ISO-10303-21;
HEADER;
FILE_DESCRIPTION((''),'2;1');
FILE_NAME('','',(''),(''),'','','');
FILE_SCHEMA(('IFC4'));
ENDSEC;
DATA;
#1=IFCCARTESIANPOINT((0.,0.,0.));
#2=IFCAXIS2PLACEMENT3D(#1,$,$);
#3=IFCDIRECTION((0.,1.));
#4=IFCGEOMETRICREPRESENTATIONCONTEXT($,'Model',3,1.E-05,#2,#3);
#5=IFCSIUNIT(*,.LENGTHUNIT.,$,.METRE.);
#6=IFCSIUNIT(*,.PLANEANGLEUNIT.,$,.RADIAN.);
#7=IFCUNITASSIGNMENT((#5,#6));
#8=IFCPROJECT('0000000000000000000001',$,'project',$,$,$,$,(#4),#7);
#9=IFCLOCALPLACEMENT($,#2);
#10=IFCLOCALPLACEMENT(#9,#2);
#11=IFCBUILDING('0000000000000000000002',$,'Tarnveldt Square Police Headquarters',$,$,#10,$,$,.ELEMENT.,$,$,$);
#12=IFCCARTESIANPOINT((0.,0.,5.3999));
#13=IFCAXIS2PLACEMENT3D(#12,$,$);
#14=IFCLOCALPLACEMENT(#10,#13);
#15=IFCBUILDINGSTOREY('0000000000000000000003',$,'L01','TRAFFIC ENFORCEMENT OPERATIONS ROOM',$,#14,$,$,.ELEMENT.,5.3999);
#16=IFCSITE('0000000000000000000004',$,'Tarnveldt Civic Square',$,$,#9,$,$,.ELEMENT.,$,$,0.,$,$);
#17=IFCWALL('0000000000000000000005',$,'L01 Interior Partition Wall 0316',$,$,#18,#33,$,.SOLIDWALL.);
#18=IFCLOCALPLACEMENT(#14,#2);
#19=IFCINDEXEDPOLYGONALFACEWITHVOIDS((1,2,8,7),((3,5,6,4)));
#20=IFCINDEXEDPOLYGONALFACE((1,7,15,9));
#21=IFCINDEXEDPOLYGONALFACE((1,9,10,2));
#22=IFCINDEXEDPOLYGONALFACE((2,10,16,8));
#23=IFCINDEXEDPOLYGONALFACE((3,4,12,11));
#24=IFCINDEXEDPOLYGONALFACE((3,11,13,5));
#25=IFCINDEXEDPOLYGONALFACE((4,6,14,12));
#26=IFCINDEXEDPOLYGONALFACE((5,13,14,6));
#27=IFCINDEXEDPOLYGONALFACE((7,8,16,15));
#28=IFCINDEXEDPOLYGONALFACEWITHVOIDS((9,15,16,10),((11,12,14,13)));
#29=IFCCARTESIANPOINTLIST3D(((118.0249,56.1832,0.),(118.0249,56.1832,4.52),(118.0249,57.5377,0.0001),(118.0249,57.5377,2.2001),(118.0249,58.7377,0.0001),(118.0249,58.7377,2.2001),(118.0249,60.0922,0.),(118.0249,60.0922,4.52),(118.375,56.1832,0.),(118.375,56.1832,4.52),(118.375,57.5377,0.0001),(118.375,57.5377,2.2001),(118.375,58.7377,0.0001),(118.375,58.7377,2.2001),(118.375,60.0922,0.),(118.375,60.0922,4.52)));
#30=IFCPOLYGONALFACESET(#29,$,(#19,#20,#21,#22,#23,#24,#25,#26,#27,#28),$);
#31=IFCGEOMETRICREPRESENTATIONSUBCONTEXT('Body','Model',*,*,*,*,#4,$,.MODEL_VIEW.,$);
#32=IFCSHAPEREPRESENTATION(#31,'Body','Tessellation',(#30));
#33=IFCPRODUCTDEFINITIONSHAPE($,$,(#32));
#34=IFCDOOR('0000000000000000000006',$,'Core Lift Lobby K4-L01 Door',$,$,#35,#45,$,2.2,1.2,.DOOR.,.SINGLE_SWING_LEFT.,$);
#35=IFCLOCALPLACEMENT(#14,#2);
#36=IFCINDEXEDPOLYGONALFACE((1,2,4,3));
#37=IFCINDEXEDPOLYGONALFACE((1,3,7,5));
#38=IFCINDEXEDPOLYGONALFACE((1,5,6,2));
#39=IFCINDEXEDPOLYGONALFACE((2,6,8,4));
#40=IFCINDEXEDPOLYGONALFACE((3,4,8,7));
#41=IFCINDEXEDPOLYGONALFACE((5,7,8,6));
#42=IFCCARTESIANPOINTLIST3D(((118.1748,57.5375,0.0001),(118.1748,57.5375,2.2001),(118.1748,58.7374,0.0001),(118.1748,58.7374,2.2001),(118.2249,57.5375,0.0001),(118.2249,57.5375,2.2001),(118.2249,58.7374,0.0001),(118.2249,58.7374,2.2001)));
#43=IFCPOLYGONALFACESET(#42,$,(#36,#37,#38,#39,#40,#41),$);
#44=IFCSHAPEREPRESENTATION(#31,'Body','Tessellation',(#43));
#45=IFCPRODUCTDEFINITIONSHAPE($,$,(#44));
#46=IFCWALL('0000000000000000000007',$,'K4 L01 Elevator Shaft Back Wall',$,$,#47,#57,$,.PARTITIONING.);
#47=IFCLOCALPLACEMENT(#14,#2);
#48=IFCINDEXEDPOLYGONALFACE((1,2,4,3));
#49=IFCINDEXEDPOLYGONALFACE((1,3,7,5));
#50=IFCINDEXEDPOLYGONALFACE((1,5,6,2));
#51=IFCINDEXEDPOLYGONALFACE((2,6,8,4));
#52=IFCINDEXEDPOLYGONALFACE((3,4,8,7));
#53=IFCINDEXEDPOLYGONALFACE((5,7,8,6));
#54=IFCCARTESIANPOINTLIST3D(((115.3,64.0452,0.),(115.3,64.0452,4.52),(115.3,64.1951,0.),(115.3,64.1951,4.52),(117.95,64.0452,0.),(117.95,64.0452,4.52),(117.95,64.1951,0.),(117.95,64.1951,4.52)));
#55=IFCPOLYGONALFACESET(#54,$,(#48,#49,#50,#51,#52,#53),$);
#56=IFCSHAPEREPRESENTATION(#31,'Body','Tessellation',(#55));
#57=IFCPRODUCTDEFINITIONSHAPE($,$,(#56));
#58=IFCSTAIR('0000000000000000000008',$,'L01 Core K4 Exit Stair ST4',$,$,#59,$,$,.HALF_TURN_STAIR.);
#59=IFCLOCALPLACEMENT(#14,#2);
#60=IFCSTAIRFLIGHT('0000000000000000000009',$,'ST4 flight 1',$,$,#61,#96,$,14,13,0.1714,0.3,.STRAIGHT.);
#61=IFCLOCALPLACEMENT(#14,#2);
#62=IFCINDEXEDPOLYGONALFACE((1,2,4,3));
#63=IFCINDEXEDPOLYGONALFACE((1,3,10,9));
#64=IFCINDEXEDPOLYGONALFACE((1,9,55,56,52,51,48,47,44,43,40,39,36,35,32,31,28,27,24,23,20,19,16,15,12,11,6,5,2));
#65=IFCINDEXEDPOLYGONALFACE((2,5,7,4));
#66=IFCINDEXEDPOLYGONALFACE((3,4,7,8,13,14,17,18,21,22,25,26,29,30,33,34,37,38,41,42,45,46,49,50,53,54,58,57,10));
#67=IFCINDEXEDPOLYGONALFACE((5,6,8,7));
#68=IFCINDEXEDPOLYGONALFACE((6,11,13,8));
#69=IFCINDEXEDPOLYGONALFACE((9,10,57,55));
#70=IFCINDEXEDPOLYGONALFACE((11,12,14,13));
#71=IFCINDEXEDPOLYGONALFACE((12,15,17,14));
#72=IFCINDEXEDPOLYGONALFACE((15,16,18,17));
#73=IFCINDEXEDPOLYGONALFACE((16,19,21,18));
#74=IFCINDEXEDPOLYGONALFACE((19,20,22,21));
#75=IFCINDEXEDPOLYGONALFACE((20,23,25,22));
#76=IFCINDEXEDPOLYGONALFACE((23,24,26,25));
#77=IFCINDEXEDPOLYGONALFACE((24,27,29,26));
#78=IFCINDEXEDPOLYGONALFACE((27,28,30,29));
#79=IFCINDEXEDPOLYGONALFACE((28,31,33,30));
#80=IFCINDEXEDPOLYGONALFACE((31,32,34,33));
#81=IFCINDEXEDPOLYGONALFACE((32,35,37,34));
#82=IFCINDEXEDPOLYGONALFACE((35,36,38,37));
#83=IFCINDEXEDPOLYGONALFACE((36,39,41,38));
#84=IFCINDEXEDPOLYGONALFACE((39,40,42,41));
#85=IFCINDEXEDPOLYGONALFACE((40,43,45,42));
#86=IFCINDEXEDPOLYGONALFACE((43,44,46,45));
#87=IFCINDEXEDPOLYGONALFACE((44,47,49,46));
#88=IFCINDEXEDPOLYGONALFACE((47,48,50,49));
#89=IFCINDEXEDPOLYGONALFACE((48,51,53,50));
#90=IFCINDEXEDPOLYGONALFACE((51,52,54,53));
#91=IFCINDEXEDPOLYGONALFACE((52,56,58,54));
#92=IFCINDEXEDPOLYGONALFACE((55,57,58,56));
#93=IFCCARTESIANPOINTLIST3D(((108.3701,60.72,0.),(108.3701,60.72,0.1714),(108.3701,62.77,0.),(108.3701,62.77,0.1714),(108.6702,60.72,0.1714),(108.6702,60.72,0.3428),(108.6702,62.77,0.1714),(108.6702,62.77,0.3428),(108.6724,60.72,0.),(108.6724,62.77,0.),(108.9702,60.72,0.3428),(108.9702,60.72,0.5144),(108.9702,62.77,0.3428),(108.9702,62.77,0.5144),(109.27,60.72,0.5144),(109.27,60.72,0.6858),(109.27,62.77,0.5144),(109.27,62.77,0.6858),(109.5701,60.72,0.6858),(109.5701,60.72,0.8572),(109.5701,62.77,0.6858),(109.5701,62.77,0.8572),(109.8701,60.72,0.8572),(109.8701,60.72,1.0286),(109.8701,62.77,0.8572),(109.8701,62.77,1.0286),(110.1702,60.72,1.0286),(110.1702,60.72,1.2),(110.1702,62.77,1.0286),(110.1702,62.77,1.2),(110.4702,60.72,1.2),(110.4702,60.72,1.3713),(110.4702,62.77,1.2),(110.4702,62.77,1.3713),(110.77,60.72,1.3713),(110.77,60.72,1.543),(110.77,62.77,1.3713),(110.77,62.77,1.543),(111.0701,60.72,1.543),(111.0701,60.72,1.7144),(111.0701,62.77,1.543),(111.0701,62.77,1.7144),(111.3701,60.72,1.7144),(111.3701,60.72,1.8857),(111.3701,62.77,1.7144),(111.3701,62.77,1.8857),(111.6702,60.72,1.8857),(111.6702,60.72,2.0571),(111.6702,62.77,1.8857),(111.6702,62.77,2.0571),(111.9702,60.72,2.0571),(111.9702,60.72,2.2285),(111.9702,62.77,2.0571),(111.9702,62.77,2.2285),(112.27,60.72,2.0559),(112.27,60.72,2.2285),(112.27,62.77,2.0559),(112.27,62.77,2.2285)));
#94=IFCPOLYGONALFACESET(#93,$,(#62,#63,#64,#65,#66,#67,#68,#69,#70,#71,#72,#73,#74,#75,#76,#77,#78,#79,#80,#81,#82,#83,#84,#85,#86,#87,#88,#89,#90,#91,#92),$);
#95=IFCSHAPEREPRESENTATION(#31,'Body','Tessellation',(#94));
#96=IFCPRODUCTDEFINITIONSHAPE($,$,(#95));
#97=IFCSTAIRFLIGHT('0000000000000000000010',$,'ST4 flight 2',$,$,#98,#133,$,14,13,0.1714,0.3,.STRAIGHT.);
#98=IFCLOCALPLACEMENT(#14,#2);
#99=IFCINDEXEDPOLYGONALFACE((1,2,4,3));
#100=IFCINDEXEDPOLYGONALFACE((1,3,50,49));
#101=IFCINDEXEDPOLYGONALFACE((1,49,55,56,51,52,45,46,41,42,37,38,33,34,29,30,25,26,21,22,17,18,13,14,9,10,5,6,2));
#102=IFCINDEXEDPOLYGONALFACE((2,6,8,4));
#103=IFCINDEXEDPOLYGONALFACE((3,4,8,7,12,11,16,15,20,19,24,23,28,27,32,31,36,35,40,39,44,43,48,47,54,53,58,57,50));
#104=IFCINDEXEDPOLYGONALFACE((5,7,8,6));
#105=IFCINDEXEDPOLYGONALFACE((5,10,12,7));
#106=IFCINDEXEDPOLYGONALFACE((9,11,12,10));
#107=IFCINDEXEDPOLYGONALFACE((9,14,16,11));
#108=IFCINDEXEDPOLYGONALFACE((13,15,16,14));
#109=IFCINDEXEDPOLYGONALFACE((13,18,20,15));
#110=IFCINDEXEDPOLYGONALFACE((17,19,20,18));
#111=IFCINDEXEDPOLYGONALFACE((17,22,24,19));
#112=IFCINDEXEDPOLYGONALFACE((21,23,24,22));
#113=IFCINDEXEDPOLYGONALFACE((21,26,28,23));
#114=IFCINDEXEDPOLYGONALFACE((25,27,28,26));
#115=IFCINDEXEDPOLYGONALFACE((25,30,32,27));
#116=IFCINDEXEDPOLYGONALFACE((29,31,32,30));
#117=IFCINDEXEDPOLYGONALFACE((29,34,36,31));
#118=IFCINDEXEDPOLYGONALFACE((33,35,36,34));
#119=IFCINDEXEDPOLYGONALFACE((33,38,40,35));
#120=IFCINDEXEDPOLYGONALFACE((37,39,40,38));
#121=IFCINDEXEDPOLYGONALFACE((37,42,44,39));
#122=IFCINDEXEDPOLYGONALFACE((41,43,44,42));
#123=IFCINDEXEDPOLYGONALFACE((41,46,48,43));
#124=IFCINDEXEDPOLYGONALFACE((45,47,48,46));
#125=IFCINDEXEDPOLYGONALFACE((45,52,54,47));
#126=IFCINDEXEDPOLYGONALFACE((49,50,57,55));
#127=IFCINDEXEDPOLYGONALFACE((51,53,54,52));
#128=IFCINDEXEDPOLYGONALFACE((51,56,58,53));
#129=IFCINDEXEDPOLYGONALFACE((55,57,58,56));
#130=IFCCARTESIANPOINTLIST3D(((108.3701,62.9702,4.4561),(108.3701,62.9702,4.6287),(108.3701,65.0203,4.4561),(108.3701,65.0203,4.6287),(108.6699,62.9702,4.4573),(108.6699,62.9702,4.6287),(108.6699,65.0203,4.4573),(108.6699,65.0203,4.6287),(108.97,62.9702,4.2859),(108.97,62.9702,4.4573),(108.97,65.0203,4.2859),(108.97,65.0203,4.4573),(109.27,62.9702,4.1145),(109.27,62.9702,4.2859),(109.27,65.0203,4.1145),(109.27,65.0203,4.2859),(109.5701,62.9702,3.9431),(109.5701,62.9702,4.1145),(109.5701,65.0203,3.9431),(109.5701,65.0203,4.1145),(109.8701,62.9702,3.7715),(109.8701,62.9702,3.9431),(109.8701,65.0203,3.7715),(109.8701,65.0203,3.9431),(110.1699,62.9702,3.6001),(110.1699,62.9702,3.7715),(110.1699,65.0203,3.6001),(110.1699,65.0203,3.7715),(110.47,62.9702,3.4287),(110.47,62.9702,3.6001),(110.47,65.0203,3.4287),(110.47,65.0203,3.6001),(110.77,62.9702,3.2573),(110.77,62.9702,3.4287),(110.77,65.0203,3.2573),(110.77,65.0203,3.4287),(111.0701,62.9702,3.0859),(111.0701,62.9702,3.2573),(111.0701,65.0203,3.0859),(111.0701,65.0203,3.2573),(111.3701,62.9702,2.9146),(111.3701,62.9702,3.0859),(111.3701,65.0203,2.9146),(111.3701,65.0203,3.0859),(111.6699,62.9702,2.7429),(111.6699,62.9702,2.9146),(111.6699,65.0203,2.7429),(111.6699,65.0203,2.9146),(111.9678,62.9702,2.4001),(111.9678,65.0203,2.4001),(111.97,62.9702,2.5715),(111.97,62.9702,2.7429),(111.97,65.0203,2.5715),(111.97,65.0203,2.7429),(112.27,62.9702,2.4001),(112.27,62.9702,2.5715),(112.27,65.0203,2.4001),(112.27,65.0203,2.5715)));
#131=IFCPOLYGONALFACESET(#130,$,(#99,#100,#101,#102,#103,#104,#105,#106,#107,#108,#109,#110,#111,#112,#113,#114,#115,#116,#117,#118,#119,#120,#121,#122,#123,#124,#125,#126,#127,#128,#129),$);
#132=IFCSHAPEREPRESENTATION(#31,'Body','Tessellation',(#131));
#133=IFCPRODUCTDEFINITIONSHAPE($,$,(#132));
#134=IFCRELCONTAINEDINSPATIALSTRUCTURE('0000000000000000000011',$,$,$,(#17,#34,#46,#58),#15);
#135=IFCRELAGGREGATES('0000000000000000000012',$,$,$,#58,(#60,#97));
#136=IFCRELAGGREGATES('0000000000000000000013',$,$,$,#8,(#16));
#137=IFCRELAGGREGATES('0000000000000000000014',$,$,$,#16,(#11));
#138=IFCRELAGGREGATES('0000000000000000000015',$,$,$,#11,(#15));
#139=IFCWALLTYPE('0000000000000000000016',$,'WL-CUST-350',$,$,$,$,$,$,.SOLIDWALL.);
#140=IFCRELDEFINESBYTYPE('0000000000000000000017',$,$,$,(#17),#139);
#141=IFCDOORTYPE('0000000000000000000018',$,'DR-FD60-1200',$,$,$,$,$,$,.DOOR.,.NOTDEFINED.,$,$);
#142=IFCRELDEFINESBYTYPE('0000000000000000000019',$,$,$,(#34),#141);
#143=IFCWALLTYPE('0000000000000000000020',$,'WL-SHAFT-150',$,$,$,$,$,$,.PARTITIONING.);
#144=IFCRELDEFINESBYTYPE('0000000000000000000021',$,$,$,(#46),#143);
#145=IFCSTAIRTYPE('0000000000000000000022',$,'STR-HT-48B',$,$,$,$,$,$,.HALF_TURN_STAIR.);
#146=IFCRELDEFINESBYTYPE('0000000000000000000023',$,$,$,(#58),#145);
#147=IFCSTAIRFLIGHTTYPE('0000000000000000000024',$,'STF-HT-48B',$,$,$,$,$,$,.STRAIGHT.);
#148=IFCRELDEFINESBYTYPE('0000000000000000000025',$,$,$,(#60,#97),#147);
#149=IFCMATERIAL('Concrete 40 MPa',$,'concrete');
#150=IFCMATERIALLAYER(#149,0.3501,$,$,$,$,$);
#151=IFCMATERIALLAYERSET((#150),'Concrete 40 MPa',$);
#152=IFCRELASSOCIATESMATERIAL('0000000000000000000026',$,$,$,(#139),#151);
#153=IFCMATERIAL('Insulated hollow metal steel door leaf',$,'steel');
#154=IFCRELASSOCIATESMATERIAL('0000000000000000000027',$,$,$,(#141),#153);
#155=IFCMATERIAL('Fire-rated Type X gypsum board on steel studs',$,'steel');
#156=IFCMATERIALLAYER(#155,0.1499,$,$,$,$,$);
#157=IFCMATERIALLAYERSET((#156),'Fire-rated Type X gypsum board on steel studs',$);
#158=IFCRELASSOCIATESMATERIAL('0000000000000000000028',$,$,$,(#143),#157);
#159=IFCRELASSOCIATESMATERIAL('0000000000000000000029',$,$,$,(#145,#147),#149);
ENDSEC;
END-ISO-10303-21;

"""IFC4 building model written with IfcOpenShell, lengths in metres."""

from ifc_helpers import new_model, si_unit, direction, frame, frame_2d, origin, place, context, subcontext, project, spatial, polyline, rectangle, outline, extrude, material, layer, layer_set, type_object, element, fill, aggregate, save


model = new_model("IFC4")

# Units and contexts
model_context = context("Model", 3, precision=1e-05, world=origin(), true_north=direction((0.0, 1.0)))
body_context = subcontext(model_context, "Body", "Model", "MODEL_VIEW")
ifc_project = project(units=[si_unit("LENGTHUNIT", "METRE"), si_unit("PLANEANGLEUNIT", "RADIAN")], contexts=[model_context])

# Site, building, storey
site_placement = place(None, origin())
site = spatial("IfcSite", under=ifc_project, at=site_placement, Name="Tarnveldt Civic Square", CompositionType="ELEMENT", RefElevation=0.0)
building_placement = place(site_placement, origin())
building = spatial("IfcBuilding", under=site, at=building_placement, Name="Tarnveldt Square Police Headquarters", CompositionType="ELEMENT")
storey_placement = place(building_placement, frame((0.0, 0.0, 5.3999)))
storey = spatial("IfcBuildingStorey", under=building, at=storey_placement, Name="L01", Description="TRAFFIC ENFORCEMENT OPERATIONS ROOM", CompositionType="ELEMENT", Elevation=5.3999)

# Shared definitions
ifc_material_1 = material(Name="Concrete 40 MPa", Category="concrete")

# Shared definitions
ifc_material_2 = material(Name="Insulated hollow metal steel door leaf", Category="steel")

# Shared definitions
ifc_layer_1 = layer(ifc_material_1, 0.3501)
ifc_layer_set_1 = layer_set([ifc_layer_1], Name="Concrete 40 MPa")
wall_type_1 = type_object("IfcWallType", Name="WL-CUST-350", PredefinedType="SOLIDWALL", material=ifc_layer_set_1)

# Wall, opening, door
wall_1_placement = place(storey_placement, frame((118.2, 56.1831, 0.0), z_axis=(0.0, 0.0, 1.0), x_axis=(0.0, 1.0, 0.0)))
wall_1 = element("IfcWall", 1, at=wall_1_placement, inside=storey, type_object=wall_type_1, Name="L01 Interior Partition Wall 0316", PredefinedType="SOLIDWALL", context=body_context, shape_type="SweptSolid", body=[
    extrude(rectangle(XDim=3.9089, YDim=0.3501, at=frame_2d((1.9546, 0.0))), origin(), (0.0, 0.0, 1.0), 4.52),
])
opening_1_placement = place(wall_1_placement, frame((1.3545, 0.0, 0.0)))
opening_1 = element("IfcOpeningElement", 2, at=opening_1_placement, cuts=wall_1, PredefinedType="OPENING", context=body_context, shape_type="SweptSolid", body=[
    extrude(rectangle(XDim=1.2, YDim=2.2, at=frame_2d((0.6001, 1.1001))), frame((0.0, 0.1851, 0.0), z_axis=(0.0, -1.0, 0.0), x_axis=(1.0, 0.0, 0.0)), (0.0, 0.0, 1.0), 0.3701),
])
door_type_1 = type_object("IfcDoorType", Name="DR-FD60-1200", OperationType="NOTDEFINED", PredefinedType="DOOR", material=ifc_material_2)
door_1_placement = place(opening_1_placement, frame((1.2, 0.0, 0.0), z_axis=(0.0, 0.0, 1.0), x_axis=(-1.0, 0.0, 0.0)))
door_1 = element("IfcDoor", 3, at=door_1_placement, inside=storey, type_object=door_type_1, Name="Core Lift Lobby K4-L01 Door", OperationType="SINGLE_SWING_LEFT", OverallHeight=2.2, OverallWidth=1.2, PredefinedType="DOOR", context=body_context, shape_type="SweptSolid", body=[
    extrude(rectangle(XDim=1.2, YDim=2.2, at=frame_2d((0.6001, 1.1001))), frame((0.0, 0.0249, 0.0), z_axis=(0.0, -1.0, 0.0), x_axis=(1.0, 0.0, 0.0)), (0.0, 0.0, 1.0), 0.05),
])
fill(opening_1, door_1)

# Wall
ifc_material_3 = material(Name="Fire-rated Type X gypsum board on steel studs", Category="steel")
ifc_layer_2 = layer(ifc_material_3, 0.1499)
ifc_layer_set_2 = layer_set([ifc_layer_2], Name="Fire-rated Type X gypsum board on steel studs")
wall_type_2 = type_object("IfcWallType", Name="WL-SHAFT-150", PredefinedType="PARTITIONING", material=ifc_layer_set_2)
wall_2_placement = place(storey_placement, frame((115.3, 64.1201, 0.0), z_axis=(0.0, 0.0, 1.0), x_axis=(1.0, 0.0, 0.0)))
element("IfcWall", 4, at=wall_2_placement, inside=storey, type_object=wall_type_2, Name="K4 L01 Elevator Shaft Back Wall", PredefinedType="PARTITIONING", context=body_context, shape_type="SweptSolid", body=[
    extrude(rectangle(XDim=2.6499, YDim=0.1499, at=frame_2d((1.325, 0.0))), origin(), (0.0, 0.0, 1.0), 4.52),
])

# Stair, stair flights
stair_type = type_object("IfcStairType", Name="STR-HT-48B", PredefinedType="HALF_TURN_STAIR", material=ifc_material_1)
stair_placement = place(storey_placement, origin())
stair = element("IfcStair", 5, at=stair_placement, inside=storey, type_object=stair_type, Name="L01 Core K4 Exit Stair ST4", PredefinedType="HALF_TURN_STAIR")
stair_flight_type = type_object("IfcStairFlightType", Name="STF-HT-48B", PredefinedType="STRAIGHT", material=ifc_material_1)
stair_flight_1_placement = place(storey_placement, frame((108.3701, 61.7451, 0.0), z_axis=(0.0, 0.0, 1.0), x_axis=(1.0, 0.0, 0.0)))
stair_flight_1 = element("IfcStairFlight", 6, at=stair_flight_1_placement, type_object=stair_flight_type, Name="ST4 flight 1", NumberOfRisers=14, NumberOfTreads=13, PredefinedType="STRAIGHT", RiserHeight=0.1714, TreadLength=0.3, context=body_context, shape_type="SweptSolid", body=[
    extrude(outline(polyline([(0.0, 0.0), (0.0, 0.1714), (0.3, 0.1714), (0.3, 0.3428), (0.6001, 0.3428), (0.6001, 0.5144), (0.8999, 0.5144), (0.8999, 0.6858), (1.2, 0.6858), (1.2, 0.8572), (1.5, 0.8572), (1.5, 1.0286), (1.8, 1.0286), (1.8, 1.2), (2.1001, 1.2), (2.1001, 1.3713), (2.3999, 1.3713), (2.3999, 1.543), (2.7, 1.543), (2.7, 1.7144), (3.0, 1.7144), (3.0, 1.8857), (3.3, 1.8857), (3.3, 2.0571), (3.6001, 2.0571), (3.6001, 2.2285), (3.8999, 2.2285), (3.8999, 2.3999), (3.8999, 2.0559), (0.3022, 0.0), (0.0, 0.0)])), frame((0.0, 1.0249, 0.0), z_axis=(0.0, -1.0, 0.0), x_axis=(1.0, 0.0, 0.0)), (0.0, 0.0, 1.0), 2.05),
])
stair_flight_2_placement = place(storey_placement, frame((112.27, 63.9951, 2.4001), z_axis=(0.0, 0.0, 1.0), x_axis=(-1.0, 0.0, 0.0)))
stair_flight_2 = element("IfcStairFlight", 7, at=stair_flight_2_placement, type_object=stair_flight_type, Name="ST4 flight 2", NumberOfRisers=14, NumberOfTreads=13, PredefinedType="STRAIGHT", RiserHeight=0.1714, TreadLength=0.3, context=body_context, shape_type="SweptSolid", body=[
    extrude(outline(polyline([(0.0, 0.0), (0.0, 0.1714), (0.3, 0.1714), (0.3, 0.3428), (0.6001, 0.3428), (0.6001, 0.5144), (0.8999, 0.5144), (0.8999, 0.6858), (1.2, 0.6858), (1.2, 0.8572), (1.5, 0.8572), (1.5, 1.0286), (1.8, 1.0286), (1.8, 1.2), (2.1001, 1.2), (2.1001, 1.3713), (2.3999, 1.3713), (2.3999, 1.543), (2.7, 1.543), (2.7, 1.7144), (3.0, 1.7144), (3.0, 1.8857), (3.3, 1.8857), (3.3, 2.0571), (3.6001, 2.0571), (3.6001, 2.2285), (3.8999, 2.2285), (3.8999, 2.3999), (3.8999, 2.0559), (0.3022, 0.0), (0.0, 0.0)])), frame((0.0, 1.0249, 0.0), z_axis=(0.0, -1.0, 0.0), x_axis=(1.0, 0.0, 0.0)), (0.0, 0.0, 1.0), 2.05),
])
aggregate(stair, [stair_flight_1, stair_flight_2])

save(model, "model.ifc")
